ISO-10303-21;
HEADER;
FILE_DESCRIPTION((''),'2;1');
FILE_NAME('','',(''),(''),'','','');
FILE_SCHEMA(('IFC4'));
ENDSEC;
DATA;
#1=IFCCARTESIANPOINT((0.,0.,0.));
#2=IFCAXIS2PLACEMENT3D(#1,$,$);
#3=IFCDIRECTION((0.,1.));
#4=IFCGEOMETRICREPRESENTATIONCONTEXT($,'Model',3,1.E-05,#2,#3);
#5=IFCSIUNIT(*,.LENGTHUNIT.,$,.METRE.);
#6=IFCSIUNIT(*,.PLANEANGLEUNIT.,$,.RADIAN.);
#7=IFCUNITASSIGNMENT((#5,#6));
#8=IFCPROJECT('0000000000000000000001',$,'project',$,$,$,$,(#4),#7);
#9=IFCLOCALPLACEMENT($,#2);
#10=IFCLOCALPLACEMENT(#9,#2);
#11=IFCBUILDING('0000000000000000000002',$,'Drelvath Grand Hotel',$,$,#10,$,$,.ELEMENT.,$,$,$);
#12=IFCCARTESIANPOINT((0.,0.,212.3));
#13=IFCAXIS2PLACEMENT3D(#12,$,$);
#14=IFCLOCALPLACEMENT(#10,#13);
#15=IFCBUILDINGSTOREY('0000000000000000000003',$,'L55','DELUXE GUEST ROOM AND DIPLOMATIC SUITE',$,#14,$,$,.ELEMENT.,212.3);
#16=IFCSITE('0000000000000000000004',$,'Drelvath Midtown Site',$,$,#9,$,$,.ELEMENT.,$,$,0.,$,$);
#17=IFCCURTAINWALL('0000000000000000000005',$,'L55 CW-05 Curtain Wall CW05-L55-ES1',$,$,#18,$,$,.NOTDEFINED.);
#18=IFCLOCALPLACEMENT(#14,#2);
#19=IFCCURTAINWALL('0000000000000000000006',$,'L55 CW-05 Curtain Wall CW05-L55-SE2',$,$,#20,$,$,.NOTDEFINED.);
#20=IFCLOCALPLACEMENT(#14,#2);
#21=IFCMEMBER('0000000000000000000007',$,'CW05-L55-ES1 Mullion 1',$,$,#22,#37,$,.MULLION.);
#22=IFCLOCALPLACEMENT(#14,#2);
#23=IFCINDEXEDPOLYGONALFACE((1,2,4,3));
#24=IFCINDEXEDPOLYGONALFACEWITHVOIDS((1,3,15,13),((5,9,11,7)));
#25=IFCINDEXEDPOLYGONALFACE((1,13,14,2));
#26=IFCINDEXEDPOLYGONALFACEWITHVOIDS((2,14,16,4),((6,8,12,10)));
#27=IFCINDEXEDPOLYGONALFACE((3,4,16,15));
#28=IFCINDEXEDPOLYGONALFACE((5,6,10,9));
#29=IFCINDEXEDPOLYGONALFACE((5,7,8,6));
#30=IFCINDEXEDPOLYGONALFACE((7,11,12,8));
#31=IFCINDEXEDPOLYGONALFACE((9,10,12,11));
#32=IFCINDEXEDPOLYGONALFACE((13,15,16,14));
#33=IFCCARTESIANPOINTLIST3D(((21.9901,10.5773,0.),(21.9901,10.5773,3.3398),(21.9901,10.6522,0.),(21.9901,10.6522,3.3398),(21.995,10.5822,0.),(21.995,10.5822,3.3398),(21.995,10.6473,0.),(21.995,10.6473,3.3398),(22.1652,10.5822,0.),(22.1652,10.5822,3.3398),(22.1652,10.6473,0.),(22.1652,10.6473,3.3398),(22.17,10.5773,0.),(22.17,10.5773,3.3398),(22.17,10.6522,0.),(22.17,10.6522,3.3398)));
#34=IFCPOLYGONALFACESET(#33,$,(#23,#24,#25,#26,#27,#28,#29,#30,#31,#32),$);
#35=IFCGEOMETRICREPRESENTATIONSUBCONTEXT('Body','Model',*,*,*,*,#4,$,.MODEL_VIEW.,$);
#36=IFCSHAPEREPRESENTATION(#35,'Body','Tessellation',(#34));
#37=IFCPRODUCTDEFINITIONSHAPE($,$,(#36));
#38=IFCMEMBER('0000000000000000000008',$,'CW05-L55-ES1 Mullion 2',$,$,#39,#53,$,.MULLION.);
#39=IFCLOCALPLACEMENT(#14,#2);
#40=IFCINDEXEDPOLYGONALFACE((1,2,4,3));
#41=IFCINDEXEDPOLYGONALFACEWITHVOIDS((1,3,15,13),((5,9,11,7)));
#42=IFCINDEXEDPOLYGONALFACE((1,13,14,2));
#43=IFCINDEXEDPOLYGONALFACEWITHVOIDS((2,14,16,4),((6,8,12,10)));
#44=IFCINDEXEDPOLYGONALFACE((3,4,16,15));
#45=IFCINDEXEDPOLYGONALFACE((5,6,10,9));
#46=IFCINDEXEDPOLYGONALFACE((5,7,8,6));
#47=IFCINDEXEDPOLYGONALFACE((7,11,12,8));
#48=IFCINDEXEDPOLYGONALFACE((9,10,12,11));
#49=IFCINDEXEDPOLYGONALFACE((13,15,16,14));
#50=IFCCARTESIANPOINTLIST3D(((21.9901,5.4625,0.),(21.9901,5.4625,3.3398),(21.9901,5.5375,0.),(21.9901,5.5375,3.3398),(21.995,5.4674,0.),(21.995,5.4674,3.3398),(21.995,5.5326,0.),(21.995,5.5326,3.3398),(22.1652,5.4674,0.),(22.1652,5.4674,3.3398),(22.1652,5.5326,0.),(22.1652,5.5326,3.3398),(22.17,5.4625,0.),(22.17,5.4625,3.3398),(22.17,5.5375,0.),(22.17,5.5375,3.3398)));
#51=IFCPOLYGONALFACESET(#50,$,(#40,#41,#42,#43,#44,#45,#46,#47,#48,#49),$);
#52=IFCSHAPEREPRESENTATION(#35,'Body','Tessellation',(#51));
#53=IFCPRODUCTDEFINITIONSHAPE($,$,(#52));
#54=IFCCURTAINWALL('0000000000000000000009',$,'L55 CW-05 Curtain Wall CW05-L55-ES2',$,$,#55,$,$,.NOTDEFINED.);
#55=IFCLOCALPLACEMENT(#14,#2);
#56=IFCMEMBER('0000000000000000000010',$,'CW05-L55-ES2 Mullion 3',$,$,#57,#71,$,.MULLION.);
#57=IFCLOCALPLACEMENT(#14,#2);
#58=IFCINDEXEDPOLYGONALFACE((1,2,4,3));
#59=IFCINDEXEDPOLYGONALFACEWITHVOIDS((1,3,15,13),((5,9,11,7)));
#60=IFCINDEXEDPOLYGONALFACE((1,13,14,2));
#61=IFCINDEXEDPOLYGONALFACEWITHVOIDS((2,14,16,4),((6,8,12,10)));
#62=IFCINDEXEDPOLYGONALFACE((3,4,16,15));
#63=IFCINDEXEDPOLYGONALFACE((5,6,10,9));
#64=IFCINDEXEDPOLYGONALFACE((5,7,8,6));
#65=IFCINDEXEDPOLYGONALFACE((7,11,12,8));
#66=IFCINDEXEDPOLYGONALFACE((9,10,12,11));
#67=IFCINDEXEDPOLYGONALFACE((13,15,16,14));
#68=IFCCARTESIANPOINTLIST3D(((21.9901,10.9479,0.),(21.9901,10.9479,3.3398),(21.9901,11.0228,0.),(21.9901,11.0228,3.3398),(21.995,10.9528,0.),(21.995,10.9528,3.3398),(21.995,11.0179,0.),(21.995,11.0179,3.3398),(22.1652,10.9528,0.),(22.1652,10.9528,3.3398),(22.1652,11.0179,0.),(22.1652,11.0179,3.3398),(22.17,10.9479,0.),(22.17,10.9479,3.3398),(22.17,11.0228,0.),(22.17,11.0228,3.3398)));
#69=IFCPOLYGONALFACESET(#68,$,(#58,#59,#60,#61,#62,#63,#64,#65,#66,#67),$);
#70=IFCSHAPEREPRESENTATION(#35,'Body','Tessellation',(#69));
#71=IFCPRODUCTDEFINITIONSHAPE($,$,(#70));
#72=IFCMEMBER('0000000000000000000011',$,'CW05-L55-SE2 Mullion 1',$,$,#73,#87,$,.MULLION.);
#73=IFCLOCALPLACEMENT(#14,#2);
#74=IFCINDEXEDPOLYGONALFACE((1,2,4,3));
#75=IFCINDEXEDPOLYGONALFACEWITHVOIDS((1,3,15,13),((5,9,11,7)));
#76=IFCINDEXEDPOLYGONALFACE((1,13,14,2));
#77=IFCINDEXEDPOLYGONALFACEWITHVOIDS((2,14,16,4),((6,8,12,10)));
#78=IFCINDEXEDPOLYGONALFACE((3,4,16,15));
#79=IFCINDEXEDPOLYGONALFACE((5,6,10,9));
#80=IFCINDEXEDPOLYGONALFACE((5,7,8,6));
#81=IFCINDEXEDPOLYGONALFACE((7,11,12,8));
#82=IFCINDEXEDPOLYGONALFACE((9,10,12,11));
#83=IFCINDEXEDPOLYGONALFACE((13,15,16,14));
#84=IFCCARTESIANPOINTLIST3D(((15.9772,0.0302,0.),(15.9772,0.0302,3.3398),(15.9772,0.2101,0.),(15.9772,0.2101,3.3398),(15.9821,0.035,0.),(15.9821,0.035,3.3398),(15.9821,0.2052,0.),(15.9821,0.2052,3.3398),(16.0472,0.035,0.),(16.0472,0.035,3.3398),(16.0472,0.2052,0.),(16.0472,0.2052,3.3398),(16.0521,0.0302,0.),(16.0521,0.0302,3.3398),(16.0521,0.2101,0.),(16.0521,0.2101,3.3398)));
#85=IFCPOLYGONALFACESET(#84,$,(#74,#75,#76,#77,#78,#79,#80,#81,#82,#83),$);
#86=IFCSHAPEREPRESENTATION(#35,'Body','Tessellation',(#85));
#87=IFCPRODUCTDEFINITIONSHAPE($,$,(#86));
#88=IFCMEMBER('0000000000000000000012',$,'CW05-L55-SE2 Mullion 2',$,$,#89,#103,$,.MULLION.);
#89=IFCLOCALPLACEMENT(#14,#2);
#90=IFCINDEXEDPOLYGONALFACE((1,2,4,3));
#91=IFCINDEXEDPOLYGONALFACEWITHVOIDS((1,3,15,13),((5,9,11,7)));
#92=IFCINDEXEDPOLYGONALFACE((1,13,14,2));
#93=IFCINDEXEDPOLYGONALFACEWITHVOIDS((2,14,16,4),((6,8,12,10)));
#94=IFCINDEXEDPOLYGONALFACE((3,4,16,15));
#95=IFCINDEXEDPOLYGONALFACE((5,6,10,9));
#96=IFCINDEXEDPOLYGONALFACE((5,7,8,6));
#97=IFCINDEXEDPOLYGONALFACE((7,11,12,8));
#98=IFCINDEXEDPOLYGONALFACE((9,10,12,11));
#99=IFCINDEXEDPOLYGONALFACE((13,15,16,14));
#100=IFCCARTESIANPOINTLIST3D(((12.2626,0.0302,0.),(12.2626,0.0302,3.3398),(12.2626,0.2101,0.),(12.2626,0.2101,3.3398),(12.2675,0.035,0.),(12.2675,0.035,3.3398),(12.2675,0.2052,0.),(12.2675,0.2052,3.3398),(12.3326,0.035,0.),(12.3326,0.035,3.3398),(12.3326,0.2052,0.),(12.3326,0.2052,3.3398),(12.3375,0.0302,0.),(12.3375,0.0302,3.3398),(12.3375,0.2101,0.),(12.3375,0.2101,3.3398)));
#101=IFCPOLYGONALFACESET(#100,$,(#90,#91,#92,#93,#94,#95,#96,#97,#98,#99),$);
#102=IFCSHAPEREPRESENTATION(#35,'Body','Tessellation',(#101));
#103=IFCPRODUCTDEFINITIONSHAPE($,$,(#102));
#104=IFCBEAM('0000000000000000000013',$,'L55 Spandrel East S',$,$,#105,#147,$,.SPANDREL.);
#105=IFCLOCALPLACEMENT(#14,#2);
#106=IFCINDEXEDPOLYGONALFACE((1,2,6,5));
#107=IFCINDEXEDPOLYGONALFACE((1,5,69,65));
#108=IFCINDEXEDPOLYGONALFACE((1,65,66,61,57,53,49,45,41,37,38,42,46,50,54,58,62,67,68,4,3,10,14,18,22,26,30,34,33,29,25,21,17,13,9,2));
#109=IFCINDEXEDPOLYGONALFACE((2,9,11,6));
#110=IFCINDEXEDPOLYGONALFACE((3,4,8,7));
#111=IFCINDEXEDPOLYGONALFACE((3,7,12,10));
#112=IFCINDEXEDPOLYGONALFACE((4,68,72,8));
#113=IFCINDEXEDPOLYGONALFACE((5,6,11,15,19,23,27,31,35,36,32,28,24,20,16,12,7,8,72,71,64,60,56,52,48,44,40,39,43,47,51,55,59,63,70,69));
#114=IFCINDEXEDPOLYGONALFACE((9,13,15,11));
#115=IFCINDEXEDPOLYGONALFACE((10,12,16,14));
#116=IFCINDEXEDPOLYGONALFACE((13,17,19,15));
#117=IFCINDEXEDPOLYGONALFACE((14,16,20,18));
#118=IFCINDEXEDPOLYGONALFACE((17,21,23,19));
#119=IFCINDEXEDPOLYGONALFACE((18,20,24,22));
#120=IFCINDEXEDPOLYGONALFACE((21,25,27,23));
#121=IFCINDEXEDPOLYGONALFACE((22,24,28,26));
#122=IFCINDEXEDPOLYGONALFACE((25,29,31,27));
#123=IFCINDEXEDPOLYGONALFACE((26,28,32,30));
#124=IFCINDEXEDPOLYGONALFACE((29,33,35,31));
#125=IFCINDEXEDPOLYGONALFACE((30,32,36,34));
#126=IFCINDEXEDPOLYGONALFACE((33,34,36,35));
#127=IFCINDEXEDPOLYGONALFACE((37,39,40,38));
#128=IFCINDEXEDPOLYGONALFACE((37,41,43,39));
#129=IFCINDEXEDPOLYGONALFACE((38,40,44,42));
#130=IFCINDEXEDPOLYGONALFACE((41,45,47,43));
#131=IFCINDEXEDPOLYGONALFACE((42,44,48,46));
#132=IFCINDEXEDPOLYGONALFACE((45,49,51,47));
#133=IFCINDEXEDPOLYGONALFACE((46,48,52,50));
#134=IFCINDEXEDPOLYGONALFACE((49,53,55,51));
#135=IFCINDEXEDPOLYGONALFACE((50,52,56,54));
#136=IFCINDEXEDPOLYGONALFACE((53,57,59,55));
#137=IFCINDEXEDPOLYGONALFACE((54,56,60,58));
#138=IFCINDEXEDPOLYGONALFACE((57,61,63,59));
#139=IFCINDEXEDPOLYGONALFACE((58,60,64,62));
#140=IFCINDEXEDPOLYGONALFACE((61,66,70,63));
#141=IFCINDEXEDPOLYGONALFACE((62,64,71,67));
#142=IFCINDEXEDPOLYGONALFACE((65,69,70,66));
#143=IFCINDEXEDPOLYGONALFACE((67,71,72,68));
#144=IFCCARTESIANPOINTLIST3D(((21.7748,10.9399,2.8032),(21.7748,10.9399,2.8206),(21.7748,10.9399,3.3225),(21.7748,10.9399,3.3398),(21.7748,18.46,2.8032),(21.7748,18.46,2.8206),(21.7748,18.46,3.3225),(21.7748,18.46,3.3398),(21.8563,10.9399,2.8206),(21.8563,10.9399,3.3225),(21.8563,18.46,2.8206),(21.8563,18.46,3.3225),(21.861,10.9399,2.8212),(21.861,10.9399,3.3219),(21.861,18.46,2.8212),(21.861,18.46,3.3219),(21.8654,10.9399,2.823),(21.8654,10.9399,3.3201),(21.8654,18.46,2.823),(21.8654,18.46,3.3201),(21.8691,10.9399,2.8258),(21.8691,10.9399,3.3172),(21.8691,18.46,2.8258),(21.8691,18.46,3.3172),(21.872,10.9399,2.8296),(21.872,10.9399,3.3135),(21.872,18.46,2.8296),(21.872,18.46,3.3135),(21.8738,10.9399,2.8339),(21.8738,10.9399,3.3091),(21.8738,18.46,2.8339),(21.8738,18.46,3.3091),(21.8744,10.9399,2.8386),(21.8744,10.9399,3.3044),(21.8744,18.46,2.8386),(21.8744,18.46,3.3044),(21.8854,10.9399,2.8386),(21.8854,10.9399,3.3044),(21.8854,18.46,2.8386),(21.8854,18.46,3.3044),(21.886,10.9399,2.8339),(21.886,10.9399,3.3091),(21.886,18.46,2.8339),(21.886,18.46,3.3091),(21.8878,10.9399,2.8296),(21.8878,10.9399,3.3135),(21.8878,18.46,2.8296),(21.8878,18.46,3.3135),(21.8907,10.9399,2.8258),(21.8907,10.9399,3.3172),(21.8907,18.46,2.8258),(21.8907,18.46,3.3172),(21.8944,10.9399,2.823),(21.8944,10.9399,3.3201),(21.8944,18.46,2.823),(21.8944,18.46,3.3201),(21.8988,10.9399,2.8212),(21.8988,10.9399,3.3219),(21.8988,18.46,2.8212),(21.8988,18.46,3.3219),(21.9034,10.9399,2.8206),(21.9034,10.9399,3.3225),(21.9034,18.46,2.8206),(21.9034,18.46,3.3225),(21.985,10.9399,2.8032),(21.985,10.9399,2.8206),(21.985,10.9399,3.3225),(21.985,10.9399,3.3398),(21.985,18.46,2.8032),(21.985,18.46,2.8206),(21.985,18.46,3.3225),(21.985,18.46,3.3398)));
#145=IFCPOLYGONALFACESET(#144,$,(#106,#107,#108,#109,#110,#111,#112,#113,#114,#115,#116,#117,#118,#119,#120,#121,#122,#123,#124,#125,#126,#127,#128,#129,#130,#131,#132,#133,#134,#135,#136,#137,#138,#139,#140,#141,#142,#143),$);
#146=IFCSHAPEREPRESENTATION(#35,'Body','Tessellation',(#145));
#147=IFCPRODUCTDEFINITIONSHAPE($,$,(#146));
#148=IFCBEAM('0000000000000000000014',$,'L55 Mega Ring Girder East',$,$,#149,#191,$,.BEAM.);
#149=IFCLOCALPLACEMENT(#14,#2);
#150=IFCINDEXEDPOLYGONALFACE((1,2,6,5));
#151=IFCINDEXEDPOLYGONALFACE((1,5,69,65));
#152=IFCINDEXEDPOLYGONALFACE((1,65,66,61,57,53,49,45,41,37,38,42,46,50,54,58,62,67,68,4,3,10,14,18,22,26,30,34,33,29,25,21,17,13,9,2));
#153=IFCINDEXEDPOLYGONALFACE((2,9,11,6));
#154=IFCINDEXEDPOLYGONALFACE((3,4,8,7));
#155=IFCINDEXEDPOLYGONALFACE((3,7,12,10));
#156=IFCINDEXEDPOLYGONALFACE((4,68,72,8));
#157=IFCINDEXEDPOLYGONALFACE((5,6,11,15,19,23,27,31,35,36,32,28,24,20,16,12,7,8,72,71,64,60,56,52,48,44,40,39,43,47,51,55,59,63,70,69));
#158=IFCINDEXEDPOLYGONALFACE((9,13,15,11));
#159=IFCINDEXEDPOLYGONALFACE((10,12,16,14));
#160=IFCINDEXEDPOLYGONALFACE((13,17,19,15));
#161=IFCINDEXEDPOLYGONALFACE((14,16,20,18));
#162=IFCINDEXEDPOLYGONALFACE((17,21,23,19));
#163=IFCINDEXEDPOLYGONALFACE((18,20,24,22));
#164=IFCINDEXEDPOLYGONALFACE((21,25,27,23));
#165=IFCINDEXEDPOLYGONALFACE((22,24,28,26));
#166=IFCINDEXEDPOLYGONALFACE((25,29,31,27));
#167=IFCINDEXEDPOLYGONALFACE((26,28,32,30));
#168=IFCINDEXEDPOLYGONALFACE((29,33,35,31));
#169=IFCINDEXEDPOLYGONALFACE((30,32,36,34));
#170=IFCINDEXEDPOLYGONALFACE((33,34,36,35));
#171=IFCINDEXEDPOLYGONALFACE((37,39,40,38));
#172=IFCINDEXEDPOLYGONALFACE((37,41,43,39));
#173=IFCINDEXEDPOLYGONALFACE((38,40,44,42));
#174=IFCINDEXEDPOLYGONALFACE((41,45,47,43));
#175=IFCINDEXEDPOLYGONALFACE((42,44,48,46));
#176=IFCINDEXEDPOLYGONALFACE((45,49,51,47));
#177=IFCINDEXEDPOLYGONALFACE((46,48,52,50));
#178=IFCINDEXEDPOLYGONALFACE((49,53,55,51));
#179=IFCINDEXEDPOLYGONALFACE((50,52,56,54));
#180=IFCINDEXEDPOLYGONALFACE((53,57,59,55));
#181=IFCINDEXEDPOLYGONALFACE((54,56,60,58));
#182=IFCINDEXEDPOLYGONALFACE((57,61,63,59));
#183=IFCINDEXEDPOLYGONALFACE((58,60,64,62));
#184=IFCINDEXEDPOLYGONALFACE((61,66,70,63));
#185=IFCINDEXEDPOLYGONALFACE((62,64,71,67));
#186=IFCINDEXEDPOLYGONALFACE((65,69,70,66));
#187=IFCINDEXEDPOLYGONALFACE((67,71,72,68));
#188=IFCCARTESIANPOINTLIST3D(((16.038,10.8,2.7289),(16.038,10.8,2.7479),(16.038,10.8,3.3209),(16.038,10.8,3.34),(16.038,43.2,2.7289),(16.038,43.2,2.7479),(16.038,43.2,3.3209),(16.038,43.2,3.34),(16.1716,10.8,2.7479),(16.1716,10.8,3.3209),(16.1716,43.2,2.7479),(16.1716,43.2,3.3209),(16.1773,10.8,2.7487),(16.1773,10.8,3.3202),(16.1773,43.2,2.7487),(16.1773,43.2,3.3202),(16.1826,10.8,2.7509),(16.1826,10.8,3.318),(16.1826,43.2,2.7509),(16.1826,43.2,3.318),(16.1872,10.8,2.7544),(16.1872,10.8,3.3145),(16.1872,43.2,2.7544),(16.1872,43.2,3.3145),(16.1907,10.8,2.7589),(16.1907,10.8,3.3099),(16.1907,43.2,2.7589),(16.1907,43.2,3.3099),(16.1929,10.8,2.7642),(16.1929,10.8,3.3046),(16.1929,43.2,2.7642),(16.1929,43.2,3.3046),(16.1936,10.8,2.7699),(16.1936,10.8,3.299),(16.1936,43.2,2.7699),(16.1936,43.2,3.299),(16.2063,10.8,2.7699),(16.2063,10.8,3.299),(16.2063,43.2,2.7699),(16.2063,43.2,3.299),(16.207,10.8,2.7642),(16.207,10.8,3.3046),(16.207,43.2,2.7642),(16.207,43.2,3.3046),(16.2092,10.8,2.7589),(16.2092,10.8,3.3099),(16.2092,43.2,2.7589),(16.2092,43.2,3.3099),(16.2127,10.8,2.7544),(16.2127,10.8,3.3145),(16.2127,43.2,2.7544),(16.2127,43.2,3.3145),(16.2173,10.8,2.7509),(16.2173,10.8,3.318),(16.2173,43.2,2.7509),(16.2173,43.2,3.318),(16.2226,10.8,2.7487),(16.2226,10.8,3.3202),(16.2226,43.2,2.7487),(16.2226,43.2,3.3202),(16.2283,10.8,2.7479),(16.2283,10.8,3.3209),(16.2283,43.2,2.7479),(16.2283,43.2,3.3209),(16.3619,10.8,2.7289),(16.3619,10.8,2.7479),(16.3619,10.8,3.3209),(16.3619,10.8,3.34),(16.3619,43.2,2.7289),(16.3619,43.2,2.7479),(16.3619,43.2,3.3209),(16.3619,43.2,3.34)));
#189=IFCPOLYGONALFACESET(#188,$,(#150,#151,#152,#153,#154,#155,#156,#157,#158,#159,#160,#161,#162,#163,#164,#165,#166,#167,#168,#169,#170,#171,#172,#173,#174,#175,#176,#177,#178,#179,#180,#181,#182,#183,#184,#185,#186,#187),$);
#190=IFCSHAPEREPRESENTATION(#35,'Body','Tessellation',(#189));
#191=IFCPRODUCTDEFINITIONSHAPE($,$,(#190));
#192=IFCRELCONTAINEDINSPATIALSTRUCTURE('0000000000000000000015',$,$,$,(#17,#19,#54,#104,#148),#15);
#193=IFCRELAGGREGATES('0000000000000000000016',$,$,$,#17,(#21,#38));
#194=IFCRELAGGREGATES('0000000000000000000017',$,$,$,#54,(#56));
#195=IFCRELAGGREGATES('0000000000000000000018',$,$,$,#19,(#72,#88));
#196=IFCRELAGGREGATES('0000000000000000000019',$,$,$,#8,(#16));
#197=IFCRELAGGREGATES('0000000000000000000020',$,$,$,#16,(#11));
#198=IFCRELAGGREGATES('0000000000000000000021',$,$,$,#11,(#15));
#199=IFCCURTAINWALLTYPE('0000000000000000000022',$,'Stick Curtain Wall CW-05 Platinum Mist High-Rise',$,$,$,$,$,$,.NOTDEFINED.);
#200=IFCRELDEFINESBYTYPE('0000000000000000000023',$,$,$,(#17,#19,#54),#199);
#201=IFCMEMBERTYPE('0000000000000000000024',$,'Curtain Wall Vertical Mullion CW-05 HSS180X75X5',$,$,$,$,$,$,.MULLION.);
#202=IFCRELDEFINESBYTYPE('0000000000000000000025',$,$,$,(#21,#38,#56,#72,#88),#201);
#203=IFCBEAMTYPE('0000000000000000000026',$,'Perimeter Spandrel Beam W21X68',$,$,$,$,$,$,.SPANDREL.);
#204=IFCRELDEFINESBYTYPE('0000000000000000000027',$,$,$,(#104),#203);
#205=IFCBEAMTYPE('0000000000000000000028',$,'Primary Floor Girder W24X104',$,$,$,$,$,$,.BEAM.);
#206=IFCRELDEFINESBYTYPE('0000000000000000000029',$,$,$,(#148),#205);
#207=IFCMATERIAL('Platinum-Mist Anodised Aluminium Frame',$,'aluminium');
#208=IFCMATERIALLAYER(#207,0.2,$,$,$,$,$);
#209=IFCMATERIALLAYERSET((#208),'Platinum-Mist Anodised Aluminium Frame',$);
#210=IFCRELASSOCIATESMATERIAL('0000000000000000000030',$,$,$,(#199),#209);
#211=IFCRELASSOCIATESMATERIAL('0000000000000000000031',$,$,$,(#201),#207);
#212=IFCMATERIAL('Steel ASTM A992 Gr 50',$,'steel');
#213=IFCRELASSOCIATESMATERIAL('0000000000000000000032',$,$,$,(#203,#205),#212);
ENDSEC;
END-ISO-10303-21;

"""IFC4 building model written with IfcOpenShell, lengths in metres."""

from ifc_helpers import new_model, si_unit, direction, frame, origin, origin_2d, place, context, subcontext, project, spatial, hollow_rectangle, i_section, extrude, material, layer, layer_set, material_profile, profile_set, type_object, element, aggregate, save


model = new_model("IFC4")

# Units and contexts
model_context = context("Model", 3, precision=1e-05, world=origin(), true_north=direction((0.0, 1.0)))
body_context = subcontext(model_context, "Body", "Model", "MODEL_VIEW")
ifc_project = project(units=[si_unit("LENGTHUNIT", "METRE"), si_unit("PLANEANGLEUNIT", "RADIAN")], contexts=[model_context])

# Site, building, storey
site_placement = place(None, origin())
site = spatial("IfcSite", under=ifc_project, at=site_placement, Name="Drelvath Midtown Site", CompositionType="ELEMENT", RefElevation=0.0)
building_placement = place(site_placement, origin())
building = spatial("IfcBuilding", under=site, at=building_placement, Name="Drelvath Grand Hotel", CompositionType="ELEMENT")
storey_placement = place(building_placement, frame((0.0, 0.0, 212.3)))
storey = spatial("IfcBuildingStorey", under=building, at=storey_placement, Name="L55", Description="DELUXE GUEST ROOM AND DIPLOMATIC SUITE", CompositionType="ELEMENT", Elevation=212.3)

# Shared definitions
ifc_material_1 = material(Name="Steel ASTM A992 Gr 50", Category="steel")

# Curtain walls
ifc_material_2 = material(Name="Platinum-Mist Anodised Aluminium Frame", Category="aluminium")
ifc_layer_1 = layer(ifc_material_2, 0.2)
ifc_layer_set_1 = layer_set([ifc_layer_1], Name="Platinum-Mist Anodised Aluminium Frame")
curtain_wall_type = type_object("IfcCurtainWallType", Name="Stick Curtain Wall CW-05 Platinum Mist High-Rise", PredefinedType="NOTDEFINED", material=ifc_layer_set_1)
curtain_wall_1_placement = place(storey_placement, origin())
curtain_wall_1 = element("IfcCurtainWall", 1, at=curtain_wall_1_placement, inside=storey, type_object=curtain_wall_type, Name="L55 CW-05 Curtain Wall CW05-L55-ES1", PredefinedType="NOTDEFINED")
curtain_wall_2_placement = place(storey_placement, origin())
curtain_wall_2 = element("IfcCurtainWall", 2, at=curtain_wall_2_placement, inside=storey, type_object=curtain_wall_type, Name="L55 CW-05 Curtain Wall CW05-L55-SE2", PredefinedType="NOTDEFINED")

# Members
ifc_material_profile_1 = material_profile(ifc_material_2, hollow_rectangle(XDim=0.075, YDim=0.1799, WallThickness=0.0049, at=origin_2d()), Name="HSS180X75X5")
ifc_profile_set_1 = profile_set([ifc_material_profile_1], Name="Platinum-Mist Anodised Aluminium Frame")
member_type_1 = type_object("IfcMemberType", Name="Curtain Wall Vertical Mullion CW-05 HSS180X75X5", PredefinedType="MULLION", material=ifc_profile_set_1)
member_1_placement = place(storey_placement, frame((22.0801, 10.6147, 0.0), z_axis=(0.0, 0.0, 1.0), x_axis=(0.0, 1.0, 0.0)))
member_1 = element("IfcMember", 3, at=member_1_placement, type_object=member_type_1, Name="CW05-L55-ES1 Mullion 1", PredefinedType="MULLION", context=body_context, shape_type="SweptSolid", body=[
    extrude(hollow_rectangle(XDim=0.075, YDim=0.1799, WallThickness=0.0049, at=origin_2d()), origin(), (0.0, 0.0, 1.0), 3.3398),
])
member_2_placement = place(storey_placement, frame((22.0801, 5.5, 0.0), z_axis=(0.0, 0.0, 1.0), x_axis=(0.0, 1.0, 0.0)))
member_2 = element("IfcMember", 4, at=member_2_placement, type_object=member_type_1, Name="CW05-L55-ES1 Mullion 2", PredefinedType="MULLION", context=body_context, shape_type="SweptSolid", body=[
    extrude(hollow_rectangle(XDim=0.075, YDim=0.1799, WallThickness=0.0049, at=origin_2d()), origin(), (0.0, 0.0, 1.0), 3.3398),
])

# Curtain wall, member
curtain_wall_3_placement = place(storey_placement, origin())
curtain_wall_3 = element("IfcCurtainWall", 5, at=curtain_wall_3_placement, inside=storey, type_object=curtain_wall_type, Name="L55 CW-05 Curtain Wall CW05-L55-ES2", PredefinedType="NOTDEFINED")
member_3_placement = place(storey_placement, frame((22.0801, 10.9854, 0.0), z_axis=(0.0, 0.0, 1.0), x_axis=(0.0, 1.0, 0.0)))
member_3 = element("IfcMember", 6, at=member_3_placement, type_object=member_type_1, Name="CW05-L55-ES2 Mullion 3", PredefinedType="MULLION", context=body_context, shape_type="SweptSolid", body=[
    extrude(hollow_rectangle(XDim=0.075, YDim=0.1799, WallThickness=0.0049, at=origin_2d()), origin(), (0.0, 0.0, 1.0), 3.3398),
])

# Members
member_4_placement = place(storey_placement, frame((16.0146, 0.1201, 0.0), z_axis=(0.0, 0.0, 1.0), x_axis=(1.0, 0.0, 0.0)))
member_4 = element("IfcMember", 7, at=member_4_placement, type_object=member_type_1, Name="CW05-L55-SE2 Mullion 1", PredefinedType="MULLION", context=body_context, shape_type="SweptSolid", body=[
    extrude(hollow_rectangle(XDim=0.075, YDim=0.1799, WallThickness=0.0049, at=origin_2d()), origin(), (0.0, 0.0, 1.0), 3.3398),
])
member_5_placement = place(storey_placement, frame((12.3, 0.1201, 0.0), z_axis=(0.0, 0.0, 1.0), x_axis=(1.0, 0.0, 0.0)))
member_5 = element("IfcMember", 8, at=member_5_placement, type_object=member_type_1, Name="CW05-L55-SE2 Mullion 2", PredefinedType="MULLION", context=body_context, shape_type="SweptSolid", body=[
    extrude(hollow_rectangle(XDim=0.075, YDim=0.1799, WallThickness=0.0049, at=origin_2d()), origin(), (0.0, 0.0, 1.0), 3.3398),
])

# Beams
ifc_material_profile_2 = material_profile(ifc_material_1, i_section(OverallWidth=0.2102, OverallDepth=0.5366, WebThickness=0.011, FlangeThickness=0.0173, FilletRadius=0.0181, at=origin_2d()), Name="W21X68")
ifc_profile_set_2 = profile_set([ifc_material_profile_2], Name="Steel ASTM A992 Gr 50")
beam_type_1 = type_object("IfcBeamType", Name="Perimeter Spandrel Beam W21X68", PredefinedType="SPANDREL", material=ifc_profile_set_2)
beam_1_placement = place(storey_placement, frame((21.8799, 10.9399, 3.0715), z_axis=(0.0, 1.0, 0.0), x_axis=(-1.0, 0.0, 0.0)))
element("IfcBeam", 9, at=beam_1_placement, inside=storey, type_object=beam_type_1, Name="L55 Spandrel East S", PredefinedType="SPANDREL", context=body_context, shape_type="SweptSolid", body=[
    extrude(i_section(OverallWidth=0.2102, OverallDepth=0.5366, WebThickness=0.011, FlangeThickness=0.0173, FilletRadius=0.0181, at=origin_2d()), origin(), (0.0, 0.0, 1.0), 7.52),
])
ifc_material_profile_3 = material_profile(ifc_material_1, i_section(OverallWidth=0.324, OverallDepth=0.6111, WebThickness=0.0127, FlangeThickness=0.019, FilletRadius=0.022, at=origin_2d()), Name="W24X104")
ifc_profile_set_3 = profile_set([ifc_material_profile_3], Name="Steel ASTM A992 Gr 50")
beam_type_2 = type_object("IfcBeamType", Name="Primary Floor Girder W24X104", PredefinedType="BEAM", material=ifc_profile_set_3)
beam_2_placement = place(storey_placement, frame((16.2, 10.8, 3.0344), z_axis=(0.0, 1.0, 0.0), x_axis=(-1.0, 0.0, 0.0)))
element("IfcBeam", 10, at=beam_2_placement, inside=storey, type_object=beam_type_2, Name="L55 Mega Ring Girder East", PredefinedType="BEAM", context=body_context, shape_type="SweptSolid", body=[
    extrude(i_section(OverallWidth=0.324, OverallDepth=0.6111, WebThickness=0.0127, FlangeThickness=0.019, FilletRadius=0.022, at=origin_2d()), origin(), (0.0, 0.0, 1.0), 32.3999),
])

aggregate(curtain_wall_1, [member_1, member_2])
aggregate(curtain_wall_3, [member_3])
aggregate(curtain_wall_2, [member_4, member_5])

save(model, "model.ifc")
